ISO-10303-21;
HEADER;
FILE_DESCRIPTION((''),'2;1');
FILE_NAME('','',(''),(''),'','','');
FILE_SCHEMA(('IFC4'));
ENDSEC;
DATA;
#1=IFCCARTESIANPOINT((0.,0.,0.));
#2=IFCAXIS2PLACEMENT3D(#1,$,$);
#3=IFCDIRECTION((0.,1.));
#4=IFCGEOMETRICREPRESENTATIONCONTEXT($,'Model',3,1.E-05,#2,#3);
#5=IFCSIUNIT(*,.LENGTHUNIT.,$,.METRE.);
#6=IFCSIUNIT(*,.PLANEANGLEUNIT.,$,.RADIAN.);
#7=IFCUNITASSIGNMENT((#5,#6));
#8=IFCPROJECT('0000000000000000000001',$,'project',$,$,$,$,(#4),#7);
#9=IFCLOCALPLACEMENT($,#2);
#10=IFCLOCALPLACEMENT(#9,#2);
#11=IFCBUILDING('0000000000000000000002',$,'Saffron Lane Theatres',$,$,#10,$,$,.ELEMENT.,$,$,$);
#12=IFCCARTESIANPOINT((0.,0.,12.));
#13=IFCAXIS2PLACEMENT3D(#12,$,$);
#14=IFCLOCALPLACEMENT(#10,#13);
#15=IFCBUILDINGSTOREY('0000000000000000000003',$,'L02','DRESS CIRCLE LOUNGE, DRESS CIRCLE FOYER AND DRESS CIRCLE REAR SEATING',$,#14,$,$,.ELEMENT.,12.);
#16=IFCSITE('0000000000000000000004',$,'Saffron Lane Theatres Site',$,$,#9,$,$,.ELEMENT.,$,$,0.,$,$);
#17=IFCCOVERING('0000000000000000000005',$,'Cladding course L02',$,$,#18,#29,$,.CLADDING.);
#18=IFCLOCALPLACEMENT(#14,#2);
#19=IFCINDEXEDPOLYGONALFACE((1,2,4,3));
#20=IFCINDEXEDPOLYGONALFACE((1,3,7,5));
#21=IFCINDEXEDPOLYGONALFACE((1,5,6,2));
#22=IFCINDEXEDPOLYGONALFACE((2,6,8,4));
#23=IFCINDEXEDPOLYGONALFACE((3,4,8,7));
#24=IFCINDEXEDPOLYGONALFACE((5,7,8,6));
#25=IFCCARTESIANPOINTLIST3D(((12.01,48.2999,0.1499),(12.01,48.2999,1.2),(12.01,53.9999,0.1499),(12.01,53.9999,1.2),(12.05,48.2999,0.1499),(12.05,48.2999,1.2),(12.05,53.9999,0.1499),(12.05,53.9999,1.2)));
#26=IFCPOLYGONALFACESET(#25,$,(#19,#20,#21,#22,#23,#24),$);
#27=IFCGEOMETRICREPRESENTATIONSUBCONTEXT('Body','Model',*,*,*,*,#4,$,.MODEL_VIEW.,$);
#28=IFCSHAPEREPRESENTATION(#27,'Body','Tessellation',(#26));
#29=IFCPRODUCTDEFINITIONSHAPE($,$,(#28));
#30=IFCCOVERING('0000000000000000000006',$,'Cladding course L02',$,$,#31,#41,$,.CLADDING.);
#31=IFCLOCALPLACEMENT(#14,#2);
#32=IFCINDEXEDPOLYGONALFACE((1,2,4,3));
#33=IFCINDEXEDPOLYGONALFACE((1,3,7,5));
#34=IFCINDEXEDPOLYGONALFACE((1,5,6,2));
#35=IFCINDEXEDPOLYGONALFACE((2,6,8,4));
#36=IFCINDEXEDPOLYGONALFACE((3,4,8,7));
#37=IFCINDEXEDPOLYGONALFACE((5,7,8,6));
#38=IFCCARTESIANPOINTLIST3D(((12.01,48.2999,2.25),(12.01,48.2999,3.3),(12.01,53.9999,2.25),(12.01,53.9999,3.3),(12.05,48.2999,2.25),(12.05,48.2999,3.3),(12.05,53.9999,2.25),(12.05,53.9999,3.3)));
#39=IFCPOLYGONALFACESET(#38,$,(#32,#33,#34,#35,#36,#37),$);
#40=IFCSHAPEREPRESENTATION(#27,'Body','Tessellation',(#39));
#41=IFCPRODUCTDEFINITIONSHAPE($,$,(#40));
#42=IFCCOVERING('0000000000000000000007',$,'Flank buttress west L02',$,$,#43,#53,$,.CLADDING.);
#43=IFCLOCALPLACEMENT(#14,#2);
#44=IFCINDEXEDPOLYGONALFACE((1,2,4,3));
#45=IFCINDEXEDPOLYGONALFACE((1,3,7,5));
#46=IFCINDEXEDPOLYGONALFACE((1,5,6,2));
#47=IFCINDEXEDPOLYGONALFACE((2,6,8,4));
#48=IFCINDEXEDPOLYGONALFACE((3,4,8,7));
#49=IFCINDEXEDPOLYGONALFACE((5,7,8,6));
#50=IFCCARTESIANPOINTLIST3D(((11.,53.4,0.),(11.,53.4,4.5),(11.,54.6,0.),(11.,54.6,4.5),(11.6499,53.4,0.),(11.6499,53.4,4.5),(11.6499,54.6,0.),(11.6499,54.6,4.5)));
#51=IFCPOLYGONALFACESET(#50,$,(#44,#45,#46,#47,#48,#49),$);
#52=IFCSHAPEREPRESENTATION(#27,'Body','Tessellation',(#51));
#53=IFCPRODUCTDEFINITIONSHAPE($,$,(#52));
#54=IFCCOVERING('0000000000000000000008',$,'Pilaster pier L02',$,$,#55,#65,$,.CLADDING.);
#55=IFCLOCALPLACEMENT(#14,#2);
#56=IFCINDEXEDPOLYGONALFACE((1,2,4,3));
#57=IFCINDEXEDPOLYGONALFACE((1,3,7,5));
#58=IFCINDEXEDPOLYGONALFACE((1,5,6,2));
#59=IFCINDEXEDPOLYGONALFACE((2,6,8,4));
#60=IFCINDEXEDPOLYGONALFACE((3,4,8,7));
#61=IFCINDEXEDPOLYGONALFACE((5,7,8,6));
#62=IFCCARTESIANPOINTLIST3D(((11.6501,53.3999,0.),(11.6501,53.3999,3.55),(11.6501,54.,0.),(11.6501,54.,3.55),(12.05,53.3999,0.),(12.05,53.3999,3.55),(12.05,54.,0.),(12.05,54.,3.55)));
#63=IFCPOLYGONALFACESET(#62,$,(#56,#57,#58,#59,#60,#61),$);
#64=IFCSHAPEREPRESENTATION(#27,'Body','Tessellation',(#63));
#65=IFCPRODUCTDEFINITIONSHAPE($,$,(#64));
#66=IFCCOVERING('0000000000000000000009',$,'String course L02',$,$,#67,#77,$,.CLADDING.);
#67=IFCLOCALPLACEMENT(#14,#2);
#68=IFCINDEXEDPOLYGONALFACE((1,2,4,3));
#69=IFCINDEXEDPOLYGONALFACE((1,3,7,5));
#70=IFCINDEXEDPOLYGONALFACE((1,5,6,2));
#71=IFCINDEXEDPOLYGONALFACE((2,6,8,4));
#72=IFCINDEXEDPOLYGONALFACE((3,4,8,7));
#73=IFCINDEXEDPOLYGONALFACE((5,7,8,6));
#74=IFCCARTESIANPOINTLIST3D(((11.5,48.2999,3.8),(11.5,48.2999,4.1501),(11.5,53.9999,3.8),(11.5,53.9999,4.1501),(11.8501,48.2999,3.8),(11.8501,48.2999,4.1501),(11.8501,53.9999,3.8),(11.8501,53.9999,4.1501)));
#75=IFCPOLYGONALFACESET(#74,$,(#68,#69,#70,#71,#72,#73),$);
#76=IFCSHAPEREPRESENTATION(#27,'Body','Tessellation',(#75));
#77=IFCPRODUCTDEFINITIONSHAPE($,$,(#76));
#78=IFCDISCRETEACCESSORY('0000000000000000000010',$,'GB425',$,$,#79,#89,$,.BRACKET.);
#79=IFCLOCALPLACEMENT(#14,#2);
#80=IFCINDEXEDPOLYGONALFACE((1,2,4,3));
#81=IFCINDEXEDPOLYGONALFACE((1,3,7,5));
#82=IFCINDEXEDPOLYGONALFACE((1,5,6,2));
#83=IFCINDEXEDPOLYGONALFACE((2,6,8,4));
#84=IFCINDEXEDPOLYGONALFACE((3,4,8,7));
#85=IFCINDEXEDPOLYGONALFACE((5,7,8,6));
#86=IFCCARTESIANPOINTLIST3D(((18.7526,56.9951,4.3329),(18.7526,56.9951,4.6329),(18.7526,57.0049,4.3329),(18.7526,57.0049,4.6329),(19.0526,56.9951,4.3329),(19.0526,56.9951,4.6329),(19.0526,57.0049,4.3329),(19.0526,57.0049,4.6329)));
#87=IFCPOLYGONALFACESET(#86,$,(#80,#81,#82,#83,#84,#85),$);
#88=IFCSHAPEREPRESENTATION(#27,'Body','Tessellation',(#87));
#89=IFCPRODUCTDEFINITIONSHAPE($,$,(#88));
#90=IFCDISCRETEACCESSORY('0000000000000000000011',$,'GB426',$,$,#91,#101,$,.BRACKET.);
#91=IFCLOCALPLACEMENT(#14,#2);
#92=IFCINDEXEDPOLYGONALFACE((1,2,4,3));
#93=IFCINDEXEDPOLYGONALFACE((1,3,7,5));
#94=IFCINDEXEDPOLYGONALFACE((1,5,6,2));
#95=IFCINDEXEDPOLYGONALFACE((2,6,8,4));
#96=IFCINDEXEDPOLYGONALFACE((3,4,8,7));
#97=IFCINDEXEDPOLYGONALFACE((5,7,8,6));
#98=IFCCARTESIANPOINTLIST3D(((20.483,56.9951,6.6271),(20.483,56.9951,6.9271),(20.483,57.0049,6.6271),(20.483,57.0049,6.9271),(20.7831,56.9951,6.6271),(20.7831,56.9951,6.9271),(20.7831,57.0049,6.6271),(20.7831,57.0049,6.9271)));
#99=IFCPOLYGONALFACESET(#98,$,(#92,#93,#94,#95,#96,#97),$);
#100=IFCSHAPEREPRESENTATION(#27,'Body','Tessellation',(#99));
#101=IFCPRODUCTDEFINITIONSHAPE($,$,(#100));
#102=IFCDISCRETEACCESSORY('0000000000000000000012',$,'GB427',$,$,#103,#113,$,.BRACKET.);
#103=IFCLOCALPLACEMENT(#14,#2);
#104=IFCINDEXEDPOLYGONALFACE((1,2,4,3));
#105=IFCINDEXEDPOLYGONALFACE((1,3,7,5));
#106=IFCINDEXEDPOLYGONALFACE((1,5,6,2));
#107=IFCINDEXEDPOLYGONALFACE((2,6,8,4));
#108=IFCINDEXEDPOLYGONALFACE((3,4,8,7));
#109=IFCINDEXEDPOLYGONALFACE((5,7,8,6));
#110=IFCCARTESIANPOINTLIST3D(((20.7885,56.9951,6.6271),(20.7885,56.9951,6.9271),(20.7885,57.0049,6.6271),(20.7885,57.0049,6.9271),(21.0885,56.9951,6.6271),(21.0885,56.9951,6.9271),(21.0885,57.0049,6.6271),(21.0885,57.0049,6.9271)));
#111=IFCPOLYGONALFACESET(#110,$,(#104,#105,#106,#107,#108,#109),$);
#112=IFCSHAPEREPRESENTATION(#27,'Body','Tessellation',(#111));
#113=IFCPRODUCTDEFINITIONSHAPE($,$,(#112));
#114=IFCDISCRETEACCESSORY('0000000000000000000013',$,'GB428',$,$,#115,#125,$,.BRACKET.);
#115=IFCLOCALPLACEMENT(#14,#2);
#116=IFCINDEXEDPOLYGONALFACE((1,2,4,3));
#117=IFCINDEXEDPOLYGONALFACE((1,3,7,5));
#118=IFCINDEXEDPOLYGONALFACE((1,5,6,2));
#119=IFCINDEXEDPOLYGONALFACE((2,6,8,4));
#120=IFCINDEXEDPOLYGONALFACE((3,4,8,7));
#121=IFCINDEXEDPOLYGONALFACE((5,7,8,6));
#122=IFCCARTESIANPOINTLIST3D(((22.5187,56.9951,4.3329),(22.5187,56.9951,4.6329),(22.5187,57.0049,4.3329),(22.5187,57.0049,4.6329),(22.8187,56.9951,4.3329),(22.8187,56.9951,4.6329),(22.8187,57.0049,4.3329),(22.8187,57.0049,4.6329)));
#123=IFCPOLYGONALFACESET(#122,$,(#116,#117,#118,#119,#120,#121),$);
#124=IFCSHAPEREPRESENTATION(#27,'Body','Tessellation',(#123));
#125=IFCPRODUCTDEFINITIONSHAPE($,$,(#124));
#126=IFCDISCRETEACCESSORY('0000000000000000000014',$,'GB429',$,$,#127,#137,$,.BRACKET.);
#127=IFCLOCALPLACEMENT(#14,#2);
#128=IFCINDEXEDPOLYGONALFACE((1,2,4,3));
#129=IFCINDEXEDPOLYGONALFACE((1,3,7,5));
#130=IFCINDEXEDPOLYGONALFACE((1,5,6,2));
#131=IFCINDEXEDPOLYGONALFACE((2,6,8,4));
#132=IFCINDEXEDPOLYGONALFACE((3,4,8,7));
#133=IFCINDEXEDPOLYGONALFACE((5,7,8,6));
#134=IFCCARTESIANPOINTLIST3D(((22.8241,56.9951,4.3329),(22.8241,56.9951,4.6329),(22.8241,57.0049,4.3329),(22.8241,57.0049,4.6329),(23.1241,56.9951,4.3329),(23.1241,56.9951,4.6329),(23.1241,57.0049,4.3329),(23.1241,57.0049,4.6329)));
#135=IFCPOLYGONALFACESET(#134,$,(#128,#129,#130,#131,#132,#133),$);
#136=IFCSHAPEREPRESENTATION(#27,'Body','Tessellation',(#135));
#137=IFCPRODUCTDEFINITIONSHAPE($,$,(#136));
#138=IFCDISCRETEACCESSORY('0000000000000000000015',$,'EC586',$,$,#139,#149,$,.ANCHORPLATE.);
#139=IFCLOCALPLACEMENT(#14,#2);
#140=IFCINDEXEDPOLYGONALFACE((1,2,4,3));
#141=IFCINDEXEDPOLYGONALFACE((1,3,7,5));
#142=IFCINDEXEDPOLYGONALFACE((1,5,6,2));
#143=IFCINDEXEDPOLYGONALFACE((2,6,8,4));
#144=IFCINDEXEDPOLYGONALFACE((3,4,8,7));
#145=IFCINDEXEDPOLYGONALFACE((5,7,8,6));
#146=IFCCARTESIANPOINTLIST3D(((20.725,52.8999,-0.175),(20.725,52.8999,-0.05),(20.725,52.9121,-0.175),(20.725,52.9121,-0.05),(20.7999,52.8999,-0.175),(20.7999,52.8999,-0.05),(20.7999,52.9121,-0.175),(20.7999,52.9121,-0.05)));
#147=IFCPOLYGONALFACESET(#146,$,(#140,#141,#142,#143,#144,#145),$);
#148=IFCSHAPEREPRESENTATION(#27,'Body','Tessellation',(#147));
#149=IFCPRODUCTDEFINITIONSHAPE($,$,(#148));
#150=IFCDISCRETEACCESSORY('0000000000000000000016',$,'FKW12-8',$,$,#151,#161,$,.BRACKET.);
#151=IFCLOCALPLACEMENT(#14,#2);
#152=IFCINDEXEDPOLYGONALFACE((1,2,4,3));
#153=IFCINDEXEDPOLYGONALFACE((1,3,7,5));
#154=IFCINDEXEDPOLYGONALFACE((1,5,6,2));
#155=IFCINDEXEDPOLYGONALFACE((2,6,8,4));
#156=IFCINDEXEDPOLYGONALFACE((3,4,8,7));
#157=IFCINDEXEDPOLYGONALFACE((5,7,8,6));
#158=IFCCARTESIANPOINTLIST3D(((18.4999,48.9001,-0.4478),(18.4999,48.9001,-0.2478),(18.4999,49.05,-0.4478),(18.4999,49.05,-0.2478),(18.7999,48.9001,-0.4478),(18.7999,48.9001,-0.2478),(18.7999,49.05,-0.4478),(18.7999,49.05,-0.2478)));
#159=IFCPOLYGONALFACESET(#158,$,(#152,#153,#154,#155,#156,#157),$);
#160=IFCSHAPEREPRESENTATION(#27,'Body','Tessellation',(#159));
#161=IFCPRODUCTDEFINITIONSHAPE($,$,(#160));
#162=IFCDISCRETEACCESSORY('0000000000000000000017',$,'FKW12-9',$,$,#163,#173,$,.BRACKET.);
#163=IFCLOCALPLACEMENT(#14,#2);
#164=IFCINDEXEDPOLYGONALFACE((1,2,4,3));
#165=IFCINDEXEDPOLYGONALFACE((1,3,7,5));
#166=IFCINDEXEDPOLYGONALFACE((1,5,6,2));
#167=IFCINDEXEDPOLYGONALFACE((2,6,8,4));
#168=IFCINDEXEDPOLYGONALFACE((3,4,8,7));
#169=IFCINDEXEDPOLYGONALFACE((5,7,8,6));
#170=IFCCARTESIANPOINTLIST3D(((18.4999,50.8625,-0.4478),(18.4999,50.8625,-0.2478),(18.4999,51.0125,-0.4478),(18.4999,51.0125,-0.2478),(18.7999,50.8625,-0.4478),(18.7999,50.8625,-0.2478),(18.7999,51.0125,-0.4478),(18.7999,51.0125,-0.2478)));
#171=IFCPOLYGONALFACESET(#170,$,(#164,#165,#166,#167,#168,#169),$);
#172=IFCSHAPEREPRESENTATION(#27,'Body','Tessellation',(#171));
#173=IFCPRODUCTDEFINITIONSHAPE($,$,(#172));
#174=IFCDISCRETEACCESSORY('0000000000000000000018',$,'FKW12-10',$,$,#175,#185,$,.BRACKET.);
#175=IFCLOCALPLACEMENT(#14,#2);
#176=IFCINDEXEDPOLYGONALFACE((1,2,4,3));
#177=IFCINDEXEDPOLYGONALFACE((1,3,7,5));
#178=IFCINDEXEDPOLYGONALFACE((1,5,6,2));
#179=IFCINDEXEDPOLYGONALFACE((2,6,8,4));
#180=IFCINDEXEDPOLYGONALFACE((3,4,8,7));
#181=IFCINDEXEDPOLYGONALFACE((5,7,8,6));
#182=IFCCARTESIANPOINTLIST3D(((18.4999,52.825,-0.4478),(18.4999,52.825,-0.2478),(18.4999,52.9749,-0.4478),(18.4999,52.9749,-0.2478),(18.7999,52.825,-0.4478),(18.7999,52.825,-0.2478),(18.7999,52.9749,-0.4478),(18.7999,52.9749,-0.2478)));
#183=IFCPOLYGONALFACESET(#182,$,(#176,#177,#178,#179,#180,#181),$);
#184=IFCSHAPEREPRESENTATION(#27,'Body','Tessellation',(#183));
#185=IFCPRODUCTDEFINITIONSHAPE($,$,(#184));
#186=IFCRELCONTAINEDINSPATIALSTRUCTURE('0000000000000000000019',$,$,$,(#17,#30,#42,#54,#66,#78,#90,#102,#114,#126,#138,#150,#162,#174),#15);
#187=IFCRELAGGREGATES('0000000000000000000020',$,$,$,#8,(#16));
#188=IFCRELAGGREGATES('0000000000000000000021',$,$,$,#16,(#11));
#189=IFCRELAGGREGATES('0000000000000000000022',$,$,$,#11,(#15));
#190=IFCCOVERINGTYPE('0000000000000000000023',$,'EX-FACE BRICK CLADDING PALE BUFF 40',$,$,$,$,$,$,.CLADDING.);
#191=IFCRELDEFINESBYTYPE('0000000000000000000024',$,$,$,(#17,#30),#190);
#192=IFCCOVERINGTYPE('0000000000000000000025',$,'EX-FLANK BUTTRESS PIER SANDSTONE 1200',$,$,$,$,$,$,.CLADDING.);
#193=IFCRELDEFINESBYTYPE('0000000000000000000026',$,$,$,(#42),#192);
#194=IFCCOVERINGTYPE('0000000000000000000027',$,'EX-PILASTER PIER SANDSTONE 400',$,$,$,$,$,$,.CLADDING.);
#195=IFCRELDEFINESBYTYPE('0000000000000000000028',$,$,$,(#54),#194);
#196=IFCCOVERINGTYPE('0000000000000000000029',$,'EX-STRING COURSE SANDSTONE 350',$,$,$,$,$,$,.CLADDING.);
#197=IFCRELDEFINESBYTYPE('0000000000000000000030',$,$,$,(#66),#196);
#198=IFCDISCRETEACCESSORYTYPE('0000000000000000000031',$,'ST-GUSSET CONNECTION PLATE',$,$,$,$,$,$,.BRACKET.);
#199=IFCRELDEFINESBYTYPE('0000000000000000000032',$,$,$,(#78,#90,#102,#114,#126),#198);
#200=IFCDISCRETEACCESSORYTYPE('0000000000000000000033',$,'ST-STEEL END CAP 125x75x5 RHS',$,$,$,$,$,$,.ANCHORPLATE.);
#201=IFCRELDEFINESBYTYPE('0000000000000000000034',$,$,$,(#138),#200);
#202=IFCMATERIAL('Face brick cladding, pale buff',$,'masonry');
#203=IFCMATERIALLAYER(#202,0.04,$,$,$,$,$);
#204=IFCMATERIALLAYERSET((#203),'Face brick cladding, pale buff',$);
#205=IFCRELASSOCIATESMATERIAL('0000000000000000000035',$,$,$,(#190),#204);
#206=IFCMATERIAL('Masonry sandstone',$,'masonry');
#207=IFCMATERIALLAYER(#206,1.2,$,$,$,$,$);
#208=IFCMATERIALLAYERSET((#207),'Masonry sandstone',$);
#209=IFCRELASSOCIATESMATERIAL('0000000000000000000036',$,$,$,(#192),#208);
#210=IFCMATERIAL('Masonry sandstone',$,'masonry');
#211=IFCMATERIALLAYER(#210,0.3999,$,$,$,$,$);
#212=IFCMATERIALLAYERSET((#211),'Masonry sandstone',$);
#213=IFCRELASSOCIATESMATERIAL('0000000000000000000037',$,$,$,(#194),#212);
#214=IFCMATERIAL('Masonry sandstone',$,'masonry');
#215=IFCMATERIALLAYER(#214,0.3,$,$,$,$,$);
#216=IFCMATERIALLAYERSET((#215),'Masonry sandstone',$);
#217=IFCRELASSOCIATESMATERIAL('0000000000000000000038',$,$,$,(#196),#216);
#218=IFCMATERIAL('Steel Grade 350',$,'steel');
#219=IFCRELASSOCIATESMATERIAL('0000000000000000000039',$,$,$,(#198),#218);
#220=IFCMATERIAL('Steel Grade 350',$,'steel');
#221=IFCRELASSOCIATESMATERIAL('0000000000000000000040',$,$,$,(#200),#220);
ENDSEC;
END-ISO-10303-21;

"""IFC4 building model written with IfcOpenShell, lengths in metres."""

from ifc_helpers import new_model, si_unit, direction, frame, origin, origin_2d, place, context, subcontext, project, spatial, rectangle, extrude, material, layer, layer_set, material_profile, profile_set, type_object, element, save


model = new_model("IFC4")

# Units and contexts
model_context = context("Model", 3, precision=1e-05, world=origin(), true_north=direction((0.0, 1.0)))
body_context = subcontext(model_context, "Body", "Model", "MODEL_VIEW")
ifc_project = project(units=[si_unit("LENGTHUNIT", "METRE"), si_unit("PLANEANGLEUNIT", "RADIAN")], contexts=[model_context])

# Site, building, storey
site_placement = place(None, origin())
site = spatial("IfcSite", under=ifc_project, at=site_placement, Name="Saffron Lane Theatres Site", CompositionType="ELEMENT", RefElevation=0.0)
building_placement = place(site_placement, origin())
building = spatial("IfcBuilding", under=site, at=building_placement, Name="Saffron Lane Theatres", CompositionType="ELEMENT")
storey_placement = place(building_placement, frame((0.0, 0.0, 12.0)))
storey = spatial("IfcBuildingStorey", under=building, at=storey_placement, Name="L02", Description="DRESS CIRCLE LOUNGE, DRESS CIRCLE FOYER AND DRESS CIRCLE REAR SEATING", CompositionType="ELEMENT", Elevation=12.0)

# Coverings
ifc_material_1 = material(Name="Face brick cladding, pale buff", Category="masonry")
ifc_layer_1 = layer(ifc_material_1, 0.04)
ifc_layer_set_1 = layer_set([ifc_layer_1], Name="Face brick cladding, pale buff")
covering_type_1 = type_object("IfcCoveringType", Name="EX-FACE BRICK CLADDING PALE BUFF 40", PredefinedType="CLADDING", material=ifc_layer_set_1)
for number, where, z_axis, x_axis, name in (
    (1, (12.03, 51.1499, 0.1499), (0.0, 0.0, 1.0), (0.0, 1.0, 0.0), "Cladding course L02"),
    (2, (12.03, 51.1499, 2.25), (0.0, 0.0, 1.0), (0.0, 1.0, 0.0), "Cladding course L02"),
):
    element("IfcCovering", number, at=place(storey_placement, frame(where, z_axis=z_axis, x_axis=x_axis)), inside=storey, type_object=covering_type_1, Name=name, PredefinedType="CLADDING", context=body_context, shape_type="SweptSolid", body=[
        extrude(rectangle(XDim=5.7, YDim=0.04, at=origin_2d()), origin(), (0.0, 0.0, 1.0), 1.05),
    ])
ifc_material_2 = material(Name="Masonry sandstone", Category="masonry")
ifc_layer_2 = layer(ifc_material_2, 1.2)
ifc_layer_set_2 = layer_set([ifc_layer_2], Name="Masonry sandstone")
covering_type_2 = type_object("IfcCoveringType", Name="EX-FLANK BUTTRESS PIER SANDSTONE 1200", PredefinedType="CLADDING", material=ifc_layer_set_2)
covering_1_placement = place(storey_placement, frame((11.325, 54.0, 0.0), z_axis=(0.0, 0.0, 1.0), x_axis=(0.0, 1.0, 0.0)))
element("IfcCovering", 3, at=covering_1_placement, inside=storey, type_object=covering_type_2, Name="Flank buttress west L02", PredefinedType="CLADDING", context=body_context, shape_type="SweptSolid", body=[
    extrude(rectangle(XDim=1.2, YDim=0.6499, at=origin_2d()), origin(), (0.0, 0.0, 1.0), 4.5),
])
ifc_material_3 = material(Name="Masonry sandstone", Category="masonry")
ifc_layer_3 = layer(ifc_material_3, 0.3999)
ifc_layer_set_3 = layer_set([ifc_layer_3], Name="Masonry sandstone")
covering_type_3 = type_object("IfcCoveringType", Name="EX-PILASTER PIER SANDSTONE 400", PredefinedType="CLADDING", material=ifc_layer_set_3)
covering_2_placement = place(storey_placement, frame((11.8501, 53.7, 0.0), z_axis=(0.0, 0.0, 1.0), x_axis=(0.0, 1.0, 0.0)))
element("IfcCovering", 4, at=covering_2_placement, inside=storey, type_object=covering_type_3, Name="Pilaster pier L02", PredefinedType="CLADDING", context=body_context, shape_type="SweptSolid", body=[
    extrude(rectangle(XDim=0.6001, YDim=0.3999, at=origin_2d()), origin(), (0.0, 0.0, 1.0), 3.55),
])
ifc_material_4 = material(Name="Masonry sandstone", Category="masonry")
ifc_layer_4 = layer(ifc_material_4, 0.3)
ifc_layer_set_4 = layer_set([ifc_layer_4], Name="Masonry sandstone")
covering_type_4 = type_object("IfcCoveringType", Name="EX-STRING COURSE SANDSTONE 350", PredefinedType="CLADDING", material=ifc_layer_set_4)
covering_3_placement = place(storey_placement, frame((11.675, 51.1499, 3.8), z_axis=(0.0, 0.0, 1.0), x_axis=(0.0, 1.0, 0.0)))
element("IfcCovering", 5, at=covering_3_placement, inside=storey, type_object=covering_type_4, Name="String course L02", PredefinedType="CLADDING", context=body_context, shape_type="SweptSolid", body=[
    extrude(rectangle(XDim=5.7, YDim=0.3501, at=origin_2d()), origin(), (0.0, 0.0, 1.0), 0.3501),
])

# Discrete accessories
ifc_material_5 = material(Name="Steel Grade 350", Category="steel")
ifc_material_profile_1 = material_profile(ifc_material_5, rectangle(XDim=0.3, YDim=0.3, at=origin_2d()))
ifc_profile_set_1 = profile_set([ifc_material_profile_1], Name="Steel Grade 350")
discrete_accessory_type_1 = type_object("IfcDiscreteAccessoryType", Name="ST-GUSSET CONNECTION PLATE", PredefinedType="BRACKET", material=ifc_profile_set_1)
for number, where, z_axis, x_axis, name in (
    (6, (18.9026, 56.9951, 4.4829), (0.0, 1.0, 0.0), (-1.0, 0.0, 0.0), "GB425"),
    (7, (20.6331, 56.9951, 6.7771), (0.0, 1.0, 0.0), (-1.0, 0.0, 0.0), "GB426"),
    (8, (20.9385, 56.9951, 6.7771), (0.0, 1.0, 0.0), (-1.0, 0.0, 0.0), "GB427"),
    (9, (22.6687, 56.9951, 4.4829), (0.0, 1.0, 0.0), (-1.0, 0.0, 0.0), "GB428"),
    (10, (22.9741, 56.9951, 4.4829), (0.0, 1.0, 0.0), (-1.0, 0.0, 0.0), "GB429"),
):
    element("IfcDiscreteAccessory", number, at=place(storey_placement, frame(where, z_axis=z_axis, x_axis=x_axis)), inside=storey, type_object=discrete_accessory_type_1, Name=name, PredefinedType="BRACKET", context=body_context, shape_type="SweptSolid", body=[
        extrude(rectangle(XDim=0.3, YDim=0.3, at=origin_2d()), origin(), (0.0, 0.0, 1.0), 0.0098),
    ])
ifc_material_6 = material(Name="Steel Grade 350", Category="steel")
ifc_material_profile_2 = material_profile(ifc_material_6, rectangle(XDim=0.075, YDim=0.125, at=origin_2d()))
ifc_profile_set_2 = profile_set([ifc_material_profile_2], Name="Steel Grade 350")
discrete_accessory_type_2 = type_object("IfcDiscreteAccessoryType", Name="ST-STEEL END CAP 125x75x5 RHS", PredefinedType="ANCHORPLATE", material=ifc_profile_set_2)
discrete_accessory_placement = place(storey_placement, frame((20.7625, 52.8999, -0.1125), z_axis=(0.0, 1.0, 0.0), x_axis=(-1.0, 0.0, 0.0)))
element("IfcDiscreteAccessory", 11, at=discrete_accessory_placement, inside=storey, type_object=discrete_accessory_type_2, Name="EC586", PredefinedType="ANCHORPLATE", context=body_context, shape_type="SweptSolid", body=[
    extrude(rectangle(XDim=0.075, YDim=0.125, at=origin_2d()), origin(), (0.0, 0.0, 1.0), 0.0122),
])
for number, where, z_axis, x_axis, name in (
    (12, (18.6499, 48.9751, -0.4478), (0.0, 0.0, 1.0), (1.0, 0.0, 0.0), "FKW12-8"),
    (13, (18.6499, 50.9375, -0.4478), (0.0, 0.0, 1.0), (1.0, 0.0, 0.0), "FKW12-9"),
    (14, (18.6499, 52.8999, -0.4478), (0.0, 0.0, 1.0), (1.0, 0.0, 0.0), "FKW12-10"),
):
    element("IfcDiscreteAccessory", number, at=place(storey_placement, frame(where, z_axis=z_axis, x_axis=x_axis)), inside=storey, Name=name, PredefinedType="BRACKET", context=body_context, shape_type="SweptSolid", body=[
        extrude(rectangle(XDim=0.3, YDim=0.1499, at=origin_2d()), origin(), (0.0, 0.0, 1.0), 0.2),
    ])

save(model, "model.ifc")
